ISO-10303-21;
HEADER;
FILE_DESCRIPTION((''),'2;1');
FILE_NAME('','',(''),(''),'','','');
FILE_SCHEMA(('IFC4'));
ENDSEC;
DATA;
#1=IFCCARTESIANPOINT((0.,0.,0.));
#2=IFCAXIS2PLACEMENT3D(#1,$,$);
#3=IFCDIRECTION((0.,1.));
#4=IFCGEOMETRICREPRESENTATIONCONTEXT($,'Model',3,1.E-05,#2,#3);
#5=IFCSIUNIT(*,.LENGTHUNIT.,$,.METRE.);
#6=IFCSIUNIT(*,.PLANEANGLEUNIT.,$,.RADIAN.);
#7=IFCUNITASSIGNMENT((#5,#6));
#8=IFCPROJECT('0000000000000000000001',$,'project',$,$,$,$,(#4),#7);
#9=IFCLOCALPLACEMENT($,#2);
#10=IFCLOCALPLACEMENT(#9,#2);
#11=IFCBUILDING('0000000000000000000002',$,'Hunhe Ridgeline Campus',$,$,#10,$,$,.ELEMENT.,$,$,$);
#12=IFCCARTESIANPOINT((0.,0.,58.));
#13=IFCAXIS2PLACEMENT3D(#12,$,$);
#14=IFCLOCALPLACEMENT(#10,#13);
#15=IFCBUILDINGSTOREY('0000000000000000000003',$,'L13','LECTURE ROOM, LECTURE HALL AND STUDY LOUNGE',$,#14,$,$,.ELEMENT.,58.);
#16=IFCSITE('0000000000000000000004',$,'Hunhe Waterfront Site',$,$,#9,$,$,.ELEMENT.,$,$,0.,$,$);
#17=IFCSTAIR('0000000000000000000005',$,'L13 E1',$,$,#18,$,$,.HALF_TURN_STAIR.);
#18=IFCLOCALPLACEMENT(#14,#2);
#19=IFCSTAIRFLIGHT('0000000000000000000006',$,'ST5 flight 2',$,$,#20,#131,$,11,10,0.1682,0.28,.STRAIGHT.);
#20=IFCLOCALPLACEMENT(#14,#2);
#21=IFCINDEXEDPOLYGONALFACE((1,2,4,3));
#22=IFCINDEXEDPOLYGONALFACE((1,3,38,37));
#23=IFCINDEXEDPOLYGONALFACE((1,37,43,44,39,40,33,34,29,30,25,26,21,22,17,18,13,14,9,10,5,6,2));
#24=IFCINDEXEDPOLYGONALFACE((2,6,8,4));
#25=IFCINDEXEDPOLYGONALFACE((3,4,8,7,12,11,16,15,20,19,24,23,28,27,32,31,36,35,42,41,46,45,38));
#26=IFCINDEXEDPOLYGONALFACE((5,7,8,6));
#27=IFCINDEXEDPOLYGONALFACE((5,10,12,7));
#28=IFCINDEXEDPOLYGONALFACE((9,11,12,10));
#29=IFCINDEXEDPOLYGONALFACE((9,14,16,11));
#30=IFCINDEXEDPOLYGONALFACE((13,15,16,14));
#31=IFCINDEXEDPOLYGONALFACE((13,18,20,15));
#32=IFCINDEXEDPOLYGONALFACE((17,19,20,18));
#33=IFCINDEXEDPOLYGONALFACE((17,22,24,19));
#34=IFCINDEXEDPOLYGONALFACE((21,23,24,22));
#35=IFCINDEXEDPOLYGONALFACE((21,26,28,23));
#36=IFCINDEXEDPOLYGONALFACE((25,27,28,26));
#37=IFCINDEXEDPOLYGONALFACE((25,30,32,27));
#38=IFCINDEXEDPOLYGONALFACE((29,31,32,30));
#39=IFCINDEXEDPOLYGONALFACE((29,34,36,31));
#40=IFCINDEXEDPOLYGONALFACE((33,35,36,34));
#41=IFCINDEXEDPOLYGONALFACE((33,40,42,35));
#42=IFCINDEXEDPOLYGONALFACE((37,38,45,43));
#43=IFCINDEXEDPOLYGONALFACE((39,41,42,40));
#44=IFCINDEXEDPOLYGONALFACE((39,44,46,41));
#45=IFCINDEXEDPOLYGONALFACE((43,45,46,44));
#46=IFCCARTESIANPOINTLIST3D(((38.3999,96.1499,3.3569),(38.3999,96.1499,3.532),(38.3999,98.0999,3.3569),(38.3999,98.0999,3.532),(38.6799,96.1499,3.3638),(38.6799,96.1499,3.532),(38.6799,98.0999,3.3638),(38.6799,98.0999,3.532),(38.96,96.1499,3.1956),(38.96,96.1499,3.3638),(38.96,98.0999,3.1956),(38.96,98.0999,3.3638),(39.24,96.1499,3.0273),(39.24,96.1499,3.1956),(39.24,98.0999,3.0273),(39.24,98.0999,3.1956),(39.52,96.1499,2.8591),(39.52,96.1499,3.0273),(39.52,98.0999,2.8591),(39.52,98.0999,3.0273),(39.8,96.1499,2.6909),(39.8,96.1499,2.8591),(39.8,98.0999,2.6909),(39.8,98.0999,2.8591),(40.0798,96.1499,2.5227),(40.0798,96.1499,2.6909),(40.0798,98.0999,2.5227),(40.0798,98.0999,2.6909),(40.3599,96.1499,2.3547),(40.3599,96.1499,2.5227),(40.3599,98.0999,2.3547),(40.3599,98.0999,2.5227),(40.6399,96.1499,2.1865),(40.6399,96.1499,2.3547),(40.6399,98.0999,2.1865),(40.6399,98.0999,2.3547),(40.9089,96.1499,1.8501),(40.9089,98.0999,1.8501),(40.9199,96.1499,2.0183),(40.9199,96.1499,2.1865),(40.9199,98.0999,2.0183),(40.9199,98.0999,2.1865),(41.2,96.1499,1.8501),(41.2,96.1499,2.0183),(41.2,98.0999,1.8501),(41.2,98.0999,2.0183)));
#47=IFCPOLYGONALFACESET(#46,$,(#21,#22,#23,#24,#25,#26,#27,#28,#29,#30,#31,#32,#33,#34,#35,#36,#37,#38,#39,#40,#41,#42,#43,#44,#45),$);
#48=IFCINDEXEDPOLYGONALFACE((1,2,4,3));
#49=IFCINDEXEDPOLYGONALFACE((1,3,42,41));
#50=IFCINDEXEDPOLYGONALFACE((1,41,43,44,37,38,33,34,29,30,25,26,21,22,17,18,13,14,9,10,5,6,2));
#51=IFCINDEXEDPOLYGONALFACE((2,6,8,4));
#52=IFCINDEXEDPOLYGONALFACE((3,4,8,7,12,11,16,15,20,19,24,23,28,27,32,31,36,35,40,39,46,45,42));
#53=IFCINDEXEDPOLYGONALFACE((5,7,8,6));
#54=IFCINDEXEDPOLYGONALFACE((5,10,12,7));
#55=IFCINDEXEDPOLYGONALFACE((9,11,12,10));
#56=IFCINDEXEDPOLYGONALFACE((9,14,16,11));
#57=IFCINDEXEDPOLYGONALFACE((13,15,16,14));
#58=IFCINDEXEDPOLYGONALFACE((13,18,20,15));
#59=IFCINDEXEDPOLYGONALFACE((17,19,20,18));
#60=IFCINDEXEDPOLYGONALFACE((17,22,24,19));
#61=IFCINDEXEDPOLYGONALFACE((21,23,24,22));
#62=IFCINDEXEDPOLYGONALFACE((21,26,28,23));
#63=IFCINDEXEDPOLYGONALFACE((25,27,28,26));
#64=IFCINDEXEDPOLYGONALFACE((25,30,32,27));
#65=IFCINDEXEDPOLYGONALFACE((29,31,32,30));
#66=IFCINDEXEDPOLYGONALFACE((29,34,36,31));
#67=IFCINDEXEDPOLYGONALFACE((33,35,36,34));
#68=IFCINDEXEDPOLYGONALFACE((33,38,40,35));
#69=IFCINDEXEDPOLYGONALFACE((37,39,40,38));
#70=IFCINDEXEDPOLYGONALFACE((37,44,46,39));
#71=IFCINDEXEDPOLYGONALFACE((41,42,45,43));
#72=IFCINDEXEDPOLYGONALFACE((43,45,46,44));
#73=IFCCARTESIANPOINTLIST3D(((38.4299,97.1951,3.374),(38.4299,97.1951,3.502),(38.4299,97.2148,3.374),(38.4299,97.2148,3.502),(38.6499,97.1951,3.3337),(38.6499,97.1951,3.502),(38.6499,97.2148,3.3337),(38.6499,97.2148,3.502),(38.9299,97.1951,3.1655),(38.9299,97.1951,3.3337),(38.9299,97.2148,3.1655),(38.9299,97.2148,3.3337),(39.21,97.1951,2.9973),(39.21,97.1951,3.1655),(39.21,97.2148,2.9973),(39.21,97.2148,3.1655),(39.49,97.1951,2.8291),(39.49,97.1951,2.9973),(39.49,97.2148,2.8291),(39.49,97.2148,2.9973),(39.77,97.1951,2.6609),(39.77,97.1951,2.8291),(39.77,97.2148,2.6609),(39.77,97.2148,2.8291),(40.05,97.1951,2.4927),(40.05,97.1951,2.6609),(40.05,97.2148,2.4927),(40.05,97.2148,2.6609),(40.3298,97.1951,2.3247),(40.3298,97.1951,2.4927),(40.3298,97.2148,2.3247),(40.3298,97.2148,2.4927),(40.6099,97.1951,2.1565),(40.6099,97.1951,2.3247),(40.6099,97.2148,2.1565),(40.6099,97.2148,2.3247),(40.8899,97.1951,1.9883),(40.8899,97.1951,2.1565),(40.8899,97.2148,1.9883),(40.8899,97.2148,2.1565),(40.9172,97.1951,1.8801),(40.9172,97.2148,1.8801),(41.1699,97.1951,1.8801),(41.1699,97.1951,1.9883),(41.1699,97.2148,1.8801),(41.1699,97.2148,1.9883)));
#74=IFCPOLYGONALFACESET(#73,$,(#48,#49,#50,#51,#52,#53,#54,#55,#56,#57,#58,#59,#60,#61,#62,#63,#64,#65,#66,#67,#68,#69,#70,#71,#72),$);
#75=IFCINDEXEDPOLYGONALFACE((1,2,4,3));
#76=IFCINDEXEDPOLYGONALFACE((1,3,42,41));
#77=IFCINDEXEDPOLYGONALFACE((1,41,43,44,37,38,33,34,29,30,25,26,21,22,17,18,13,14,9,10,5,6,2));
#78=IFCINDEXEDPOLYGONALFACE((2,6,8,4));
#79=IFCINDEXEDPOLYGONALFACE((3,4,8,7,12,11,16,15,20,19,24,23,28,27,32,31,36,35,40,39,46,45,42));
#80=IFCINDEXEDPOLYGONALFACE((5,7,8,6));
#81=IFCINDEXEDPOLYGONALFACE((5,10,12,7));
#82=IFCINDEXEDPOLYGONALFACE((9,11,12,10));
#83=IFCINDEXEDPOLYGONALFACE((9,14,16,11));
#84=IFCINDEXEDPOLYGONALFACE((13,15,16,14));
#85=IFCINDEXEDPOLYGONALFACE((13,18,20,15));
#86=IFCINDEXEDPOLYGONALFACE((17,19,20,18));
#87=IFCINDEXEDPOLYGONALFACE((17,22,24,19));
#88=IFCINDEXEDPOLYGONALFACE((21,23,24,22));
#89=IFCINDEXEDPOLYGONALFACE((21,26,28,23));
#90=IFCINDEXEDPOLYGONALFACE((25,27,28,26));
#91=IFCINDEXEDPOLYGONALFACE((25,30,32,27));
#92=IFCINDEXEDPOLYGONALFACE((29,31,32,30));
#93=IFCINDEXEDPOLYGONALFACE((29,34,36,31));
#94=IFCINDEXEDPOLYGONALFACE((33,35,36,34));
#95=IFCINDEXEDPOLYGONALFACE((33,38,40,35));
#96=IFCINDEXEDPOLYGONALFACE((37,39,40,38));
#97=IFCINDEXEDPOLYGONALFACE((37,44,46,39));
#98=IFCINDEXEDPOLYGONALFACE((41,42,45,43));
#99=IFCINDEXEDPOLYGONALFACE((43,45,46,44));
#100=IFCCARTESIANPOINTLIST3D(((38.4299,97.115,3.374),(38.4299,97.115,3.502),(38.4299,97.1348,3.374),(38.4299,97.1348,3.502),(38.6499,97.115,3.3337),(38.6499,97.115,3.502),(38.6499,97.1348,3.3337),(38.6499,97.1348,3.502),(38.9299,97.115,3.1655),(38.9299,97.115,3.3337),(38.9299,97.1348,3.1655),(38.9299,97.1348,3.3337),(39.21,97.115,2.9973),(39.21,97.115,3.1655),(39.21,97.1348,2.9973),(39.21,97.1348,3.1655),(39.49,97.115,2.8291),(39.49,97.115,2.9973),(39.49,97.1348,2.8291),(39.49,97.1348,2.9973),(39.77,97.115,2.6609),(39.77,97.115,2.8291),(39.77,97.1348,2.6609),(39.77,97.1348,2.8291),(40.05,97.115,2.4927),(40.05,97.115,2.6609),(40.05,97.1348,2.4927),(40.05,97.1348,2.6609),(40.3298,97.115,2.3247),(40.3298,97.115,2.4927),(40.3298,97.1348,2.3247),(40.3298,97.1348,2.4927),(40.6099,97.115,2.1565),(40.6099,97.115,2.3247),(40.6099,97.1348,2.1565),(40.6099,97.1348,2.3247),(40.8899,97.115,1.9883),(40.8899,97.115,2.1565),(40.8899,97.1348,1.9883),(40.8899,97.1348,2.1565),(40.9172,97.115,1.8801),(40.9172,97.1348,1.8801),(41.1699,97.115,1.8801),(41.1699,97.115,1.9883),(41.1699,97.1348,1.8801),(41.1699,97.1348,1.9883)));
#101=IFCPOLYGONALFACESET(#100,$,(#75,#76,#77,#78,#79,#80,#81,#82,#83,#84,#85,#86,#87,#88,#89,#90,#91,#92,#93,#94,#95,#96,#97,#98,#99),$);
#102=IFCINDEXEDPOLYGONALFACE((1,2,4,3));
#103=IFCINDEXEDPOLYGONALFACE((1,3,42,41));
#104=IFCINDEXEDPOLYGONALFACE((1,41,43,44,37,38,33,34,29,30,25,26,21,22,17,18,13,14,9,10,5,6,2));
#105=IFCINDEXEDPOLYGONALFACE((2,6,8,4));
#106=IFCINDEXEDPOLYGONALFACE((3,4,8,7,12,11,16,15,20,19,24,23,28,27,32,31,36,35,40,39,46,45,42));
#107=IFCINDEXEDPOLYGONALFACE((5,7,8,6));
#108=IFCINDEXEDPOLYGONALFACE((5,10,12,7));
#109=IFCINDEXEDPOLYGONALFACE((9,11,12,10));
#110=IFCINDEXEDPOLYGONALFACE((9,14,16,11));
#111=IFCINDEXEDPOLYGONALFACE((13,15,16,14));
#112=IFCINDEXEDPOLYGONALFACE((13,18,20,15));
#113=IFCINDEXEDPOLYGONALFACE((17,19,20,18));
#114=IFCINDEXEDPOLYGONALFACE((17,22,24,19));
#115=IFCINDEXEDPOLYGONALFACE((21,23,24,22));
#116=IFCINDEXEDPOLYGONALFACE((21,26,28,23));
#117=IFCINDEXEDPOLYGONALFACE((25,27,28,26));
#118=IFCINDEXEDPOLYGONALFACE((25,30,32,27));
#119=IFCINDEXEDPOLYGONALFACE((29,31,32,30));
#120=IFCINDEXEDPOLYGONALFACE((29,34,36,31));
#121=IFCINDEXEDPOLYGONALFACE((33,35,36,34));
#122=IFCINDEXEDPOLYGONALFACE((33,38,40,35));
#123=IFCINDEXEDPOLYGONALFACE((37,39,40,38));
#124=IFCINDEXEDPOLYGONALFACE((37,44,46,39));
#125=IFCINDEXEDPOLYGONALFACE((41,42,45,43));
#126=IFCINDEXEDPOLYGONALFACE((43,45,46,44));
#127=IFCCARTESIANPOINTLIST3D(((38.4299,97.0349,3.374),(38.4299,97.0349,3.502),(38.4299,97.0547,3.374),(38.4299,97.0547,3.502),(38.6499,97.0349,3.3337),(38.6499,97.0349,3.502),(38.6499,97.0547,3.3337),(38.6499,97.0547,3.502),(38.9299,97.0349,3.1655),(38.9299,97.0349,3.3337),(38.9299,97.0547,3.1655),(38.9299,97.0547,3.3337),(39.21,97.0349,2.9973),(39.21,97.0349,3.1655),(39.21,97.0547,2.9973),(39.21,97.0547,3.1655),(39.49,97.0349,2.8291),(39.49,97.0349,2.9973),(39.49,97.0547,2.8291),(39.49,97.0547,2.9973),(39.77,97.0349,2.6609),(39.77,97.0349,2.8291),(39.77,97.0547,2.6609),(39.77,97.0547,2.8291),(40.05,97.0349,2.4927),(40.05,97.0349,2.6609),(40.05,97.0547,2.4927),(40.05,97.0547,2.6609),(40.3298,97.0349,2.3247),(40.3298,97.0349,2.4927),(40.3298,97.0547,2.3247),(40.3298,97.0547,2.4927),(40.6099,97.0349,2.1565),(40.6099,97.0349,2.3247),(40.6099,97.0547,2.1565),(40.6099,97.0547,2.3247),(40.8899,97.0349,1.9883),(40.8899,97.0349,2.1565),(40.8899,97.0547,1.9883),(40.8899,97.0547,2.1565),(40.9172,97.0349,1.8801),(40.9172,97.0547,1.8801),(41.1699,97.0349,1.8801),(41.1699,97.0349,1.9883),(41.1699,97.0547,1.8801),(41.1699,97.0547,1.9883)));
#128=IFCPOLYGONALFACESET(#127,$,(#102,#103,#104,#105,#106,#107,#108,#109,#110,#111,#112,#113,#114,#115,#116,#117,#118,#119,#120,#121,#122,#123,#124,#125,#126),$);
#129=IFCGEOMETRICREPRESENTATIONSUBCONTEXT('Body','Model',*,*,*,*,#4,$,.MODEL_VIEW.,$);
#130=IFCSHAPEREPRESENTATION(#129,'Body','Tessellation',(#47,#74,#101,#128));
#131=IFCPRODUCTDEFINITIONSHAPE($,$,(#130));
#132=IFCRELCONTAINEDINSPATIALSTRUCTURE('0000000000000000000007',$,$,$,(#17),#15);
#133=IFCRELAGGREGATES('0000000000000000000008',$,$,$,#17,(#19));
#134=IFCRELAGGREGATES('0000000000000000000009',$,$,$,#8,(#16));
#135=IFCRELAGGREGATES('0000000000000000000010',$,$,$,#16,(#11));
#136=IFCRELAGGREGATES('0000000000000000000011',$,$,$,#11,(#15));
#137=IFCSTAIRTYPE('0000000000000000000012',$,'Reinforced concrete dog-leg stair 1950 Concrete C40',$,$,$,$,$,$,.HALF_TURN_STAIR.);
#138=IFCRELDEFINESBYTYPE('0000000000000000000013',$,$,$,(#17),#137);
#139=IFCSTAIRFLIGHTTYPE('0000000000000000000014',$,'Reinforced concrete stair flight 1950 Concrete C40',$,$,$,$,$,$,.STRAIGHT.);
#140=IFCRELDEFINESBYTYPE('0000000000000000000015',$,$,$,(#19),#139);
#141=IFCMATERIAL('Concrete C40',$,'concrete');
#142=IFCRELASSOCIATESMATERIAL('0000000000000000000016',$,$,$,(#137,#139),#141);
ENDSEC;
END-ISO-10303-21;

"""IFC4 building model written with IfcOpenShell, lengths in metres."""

from ifc_helpers import new_model, si_unit, direction, frame, origin, place, context, subcontext, project, spatial, polyline, outline, extrude, material, type_object, element, aggregate, save


model = new_model("IFC4")

# Units and contexts
model_context = context("Model", 3, precision=1e-05, world=origin(), true_north=direction((0.0, 1.0)))
body_context = subcontext(model_context, "Body", "Model", "MODEL_VIEW")
ifc_project = project(units=[si_unit("LENGTHUNIT", "METRE"), si_unit("PLANEANGLEUNIT", "RADIAN")], contexts=[model_context])

# Site, building, storey
site_placement = place(None, origin())
site = spatial("IfcSite", under=ifc_project, at=site_placement, Name="Hunhe Waterfront Site", CompositionType="ELEMENT", RefElevation=0.0)
building_placement = place(site_placement, origin())
building = spatial("IfcBuilding", under=site, at=building_placement, Name="Hunhe Ridgeline Campus", CompositionType="ELEMENT")
storey_placement = place(building_placement, frame((0.0, 0.0, 58.0)))
storey = spatial("IfcBuildingStorey", under=building, at=storey_placement, Name="L13", Description="LECTURE ROOM, LECTURE HALL AND STUDY LOUNGE", CompositionType="ELEMENT", Elevation=58.0)

# Stair, stair flight
ifc_material_1 = material(Name="Concrete C40", Category="concrete")
stair_type = type_object("IfcStairType", Name="Reinforced concrete dog-leg stair 1950 Concrete C40", PredefinedType="HALF_TURN_STAIR", material=ifc_material_1)
stair_1_placement = place(storey_placement, origin())
stair_1 = element("IfcStair", 1, at=stair_1_placement, inside=storey, type_object=stair_type, Name="L13 E1", PredefinedType="HALF_TURN_STAIR")
stair_flight_type = type_object("IfcStairFlightType", Name="Reinforced concrete stair flight 1950 Concrete C40", PredefinedType="STRAIGHT", material=ifc_material_1)
stair_flight_1_placement = place(storey_placement, frame((41.2, 97.125, 1.8501), z_axis=(0.0, 0.0, 1.0), x_axis=(-1.0, 0.0, 0.0)))
stair_flight_1 = element("IfcStairFlight", 2, at=stair_flight_1_placement, type_object=stair_flight_type, Name="ST5 flight 2", NumberOfRisers=11, NumberOfTreads=10, PredefinedType="STRAIGHT", RiserHeight=0.1682, TreadLength=0.28, context=body_context, shape_type="SweptSolid", body=[
    extrude(outline(polyline([(0.0, 0.0), (0.0, 0.1682), (0.28, 0.1682), (0.28, 0.3364), (0.5601, 0.3364), (0.5601, 0.5046), (0.8401, 0.5046), (0.8401, 0.6726), (1.1201, 0.6726), (1.1201, 0.8408), (1.3999, 0.8408), (1.3999, 1.009), (1.6799, 1.009), (1.6799, 1.1772), (1.96, 1.1772), (1.96, 1.3455), (2.24, 1.3455), (2.24, 1.5137), (2.52, 1.5137), (2.52, 1.6819), (2.8, 1.6819), (2.8, 1.8501), (2.8, 1.5068), (0.291, 0.0), (0.0, 0.0)])), frame((0.0, 0.9751, 0.0), z_axis=(0.0, -1.0, 0.0), x_axis=(1.0, 0.0, 0.0)), (0.0, 0.0, 1.0), 1.95),
    extrude(outline(polyline([(0.03, 0.03), (0.03, 0.1382), (0.3101, 0.1382), (0.3101, 0.3064), (0.5901, 0.3064), (0.5901, 0.4746), (0.8701, 0.4746), (0.8701, 0.6426), (1.1499, 0.6426), (1.1499, 0.8108), (1.4299, 0.8108), (1.4299, 0.979), (1.71, 0.979), (1.71, 1.1472), (1.99, 1.1472), (1.99, 1.3154), (2.27, 1.3154), (2.27, 1.4836), (2.55, 1.4836), (2.55, 1.6519), (2.77, 1.6519), (2.77, 1.5239), (0.2827, 0.03), (0.03, 0.03)])), frame((0.0, -0.0701, 0.0), z_axis=(0.0, -1.0, 0.0), x_axis=(1.0, 0.0, 0.0)), (0.0, 0.0, 1.0), 0.0198),
    extrude(outline(polyline([(0.03, 0.03), (0.03, 0.1382), (0.3101, 0.1382), (0.3101, 0.3064), (0.5901, 0.3064), (0.5901, 0.4746), (0.8701, 0.4746), (0.8701, 0.6426), (1.1499, 0.6426), (1.1499, 0.8108), (1.4299, 0.8108), (1.4299, 0.979), (1.71, 0.979), (1.71, 1.1472), (1.99, 1.1472), (1.99, 1.3154), (2.27, 1.3154), (2.27, 1.4836), (2.55, 1.4836), (2.55, 1.6519), (2.77, 1.6519), (2.77, 1.5239), (0.2827, 0.03), (0.03, 0.03)])), frame((0.0, 0.01, 0.0), z_axis=(0.0, -1.0, 0.0), x_axis=(1.0, 0.0, 0.0)), (0.0, 0.0, 1.0), 0.0198),
    extrude(outline(polyline([(0.03, 0.03), (0.03, 0.1382), (0.3101, 0.1382), (0.3101, 0.3064), (0.5901, 0.3064), (0.5901, 0.4746), (0.8701, 0.4746), (0.8701, 0.6426), (1.1499, 0.6426), (1.1499, 0.8108), (1.4299, 0.8108), (1.4299, 0.979), (1.71, 0.979), (1.71, 1.1472), (1.99, 1.1472), (1.99, 1.3154), (2.27, 1.3154), (2.27, 1.4836), (2.55, 1.4836), (2.55, 1.6519), (2.77, 1.6519), (2.77, 1.5239), (0.2827, 0.03), (0.03, 0.03)])), frame((0.0, 0.0901, 0.0), z_axis=(0.0, -1.0, 0.0), x_axis=(1.0, 0.0, 0.0)), (0.0, 0.0, 1.0), 0.0198),
])
aggregate(stair_1, [stair_flight_1])

save(model, "model.ifc")
